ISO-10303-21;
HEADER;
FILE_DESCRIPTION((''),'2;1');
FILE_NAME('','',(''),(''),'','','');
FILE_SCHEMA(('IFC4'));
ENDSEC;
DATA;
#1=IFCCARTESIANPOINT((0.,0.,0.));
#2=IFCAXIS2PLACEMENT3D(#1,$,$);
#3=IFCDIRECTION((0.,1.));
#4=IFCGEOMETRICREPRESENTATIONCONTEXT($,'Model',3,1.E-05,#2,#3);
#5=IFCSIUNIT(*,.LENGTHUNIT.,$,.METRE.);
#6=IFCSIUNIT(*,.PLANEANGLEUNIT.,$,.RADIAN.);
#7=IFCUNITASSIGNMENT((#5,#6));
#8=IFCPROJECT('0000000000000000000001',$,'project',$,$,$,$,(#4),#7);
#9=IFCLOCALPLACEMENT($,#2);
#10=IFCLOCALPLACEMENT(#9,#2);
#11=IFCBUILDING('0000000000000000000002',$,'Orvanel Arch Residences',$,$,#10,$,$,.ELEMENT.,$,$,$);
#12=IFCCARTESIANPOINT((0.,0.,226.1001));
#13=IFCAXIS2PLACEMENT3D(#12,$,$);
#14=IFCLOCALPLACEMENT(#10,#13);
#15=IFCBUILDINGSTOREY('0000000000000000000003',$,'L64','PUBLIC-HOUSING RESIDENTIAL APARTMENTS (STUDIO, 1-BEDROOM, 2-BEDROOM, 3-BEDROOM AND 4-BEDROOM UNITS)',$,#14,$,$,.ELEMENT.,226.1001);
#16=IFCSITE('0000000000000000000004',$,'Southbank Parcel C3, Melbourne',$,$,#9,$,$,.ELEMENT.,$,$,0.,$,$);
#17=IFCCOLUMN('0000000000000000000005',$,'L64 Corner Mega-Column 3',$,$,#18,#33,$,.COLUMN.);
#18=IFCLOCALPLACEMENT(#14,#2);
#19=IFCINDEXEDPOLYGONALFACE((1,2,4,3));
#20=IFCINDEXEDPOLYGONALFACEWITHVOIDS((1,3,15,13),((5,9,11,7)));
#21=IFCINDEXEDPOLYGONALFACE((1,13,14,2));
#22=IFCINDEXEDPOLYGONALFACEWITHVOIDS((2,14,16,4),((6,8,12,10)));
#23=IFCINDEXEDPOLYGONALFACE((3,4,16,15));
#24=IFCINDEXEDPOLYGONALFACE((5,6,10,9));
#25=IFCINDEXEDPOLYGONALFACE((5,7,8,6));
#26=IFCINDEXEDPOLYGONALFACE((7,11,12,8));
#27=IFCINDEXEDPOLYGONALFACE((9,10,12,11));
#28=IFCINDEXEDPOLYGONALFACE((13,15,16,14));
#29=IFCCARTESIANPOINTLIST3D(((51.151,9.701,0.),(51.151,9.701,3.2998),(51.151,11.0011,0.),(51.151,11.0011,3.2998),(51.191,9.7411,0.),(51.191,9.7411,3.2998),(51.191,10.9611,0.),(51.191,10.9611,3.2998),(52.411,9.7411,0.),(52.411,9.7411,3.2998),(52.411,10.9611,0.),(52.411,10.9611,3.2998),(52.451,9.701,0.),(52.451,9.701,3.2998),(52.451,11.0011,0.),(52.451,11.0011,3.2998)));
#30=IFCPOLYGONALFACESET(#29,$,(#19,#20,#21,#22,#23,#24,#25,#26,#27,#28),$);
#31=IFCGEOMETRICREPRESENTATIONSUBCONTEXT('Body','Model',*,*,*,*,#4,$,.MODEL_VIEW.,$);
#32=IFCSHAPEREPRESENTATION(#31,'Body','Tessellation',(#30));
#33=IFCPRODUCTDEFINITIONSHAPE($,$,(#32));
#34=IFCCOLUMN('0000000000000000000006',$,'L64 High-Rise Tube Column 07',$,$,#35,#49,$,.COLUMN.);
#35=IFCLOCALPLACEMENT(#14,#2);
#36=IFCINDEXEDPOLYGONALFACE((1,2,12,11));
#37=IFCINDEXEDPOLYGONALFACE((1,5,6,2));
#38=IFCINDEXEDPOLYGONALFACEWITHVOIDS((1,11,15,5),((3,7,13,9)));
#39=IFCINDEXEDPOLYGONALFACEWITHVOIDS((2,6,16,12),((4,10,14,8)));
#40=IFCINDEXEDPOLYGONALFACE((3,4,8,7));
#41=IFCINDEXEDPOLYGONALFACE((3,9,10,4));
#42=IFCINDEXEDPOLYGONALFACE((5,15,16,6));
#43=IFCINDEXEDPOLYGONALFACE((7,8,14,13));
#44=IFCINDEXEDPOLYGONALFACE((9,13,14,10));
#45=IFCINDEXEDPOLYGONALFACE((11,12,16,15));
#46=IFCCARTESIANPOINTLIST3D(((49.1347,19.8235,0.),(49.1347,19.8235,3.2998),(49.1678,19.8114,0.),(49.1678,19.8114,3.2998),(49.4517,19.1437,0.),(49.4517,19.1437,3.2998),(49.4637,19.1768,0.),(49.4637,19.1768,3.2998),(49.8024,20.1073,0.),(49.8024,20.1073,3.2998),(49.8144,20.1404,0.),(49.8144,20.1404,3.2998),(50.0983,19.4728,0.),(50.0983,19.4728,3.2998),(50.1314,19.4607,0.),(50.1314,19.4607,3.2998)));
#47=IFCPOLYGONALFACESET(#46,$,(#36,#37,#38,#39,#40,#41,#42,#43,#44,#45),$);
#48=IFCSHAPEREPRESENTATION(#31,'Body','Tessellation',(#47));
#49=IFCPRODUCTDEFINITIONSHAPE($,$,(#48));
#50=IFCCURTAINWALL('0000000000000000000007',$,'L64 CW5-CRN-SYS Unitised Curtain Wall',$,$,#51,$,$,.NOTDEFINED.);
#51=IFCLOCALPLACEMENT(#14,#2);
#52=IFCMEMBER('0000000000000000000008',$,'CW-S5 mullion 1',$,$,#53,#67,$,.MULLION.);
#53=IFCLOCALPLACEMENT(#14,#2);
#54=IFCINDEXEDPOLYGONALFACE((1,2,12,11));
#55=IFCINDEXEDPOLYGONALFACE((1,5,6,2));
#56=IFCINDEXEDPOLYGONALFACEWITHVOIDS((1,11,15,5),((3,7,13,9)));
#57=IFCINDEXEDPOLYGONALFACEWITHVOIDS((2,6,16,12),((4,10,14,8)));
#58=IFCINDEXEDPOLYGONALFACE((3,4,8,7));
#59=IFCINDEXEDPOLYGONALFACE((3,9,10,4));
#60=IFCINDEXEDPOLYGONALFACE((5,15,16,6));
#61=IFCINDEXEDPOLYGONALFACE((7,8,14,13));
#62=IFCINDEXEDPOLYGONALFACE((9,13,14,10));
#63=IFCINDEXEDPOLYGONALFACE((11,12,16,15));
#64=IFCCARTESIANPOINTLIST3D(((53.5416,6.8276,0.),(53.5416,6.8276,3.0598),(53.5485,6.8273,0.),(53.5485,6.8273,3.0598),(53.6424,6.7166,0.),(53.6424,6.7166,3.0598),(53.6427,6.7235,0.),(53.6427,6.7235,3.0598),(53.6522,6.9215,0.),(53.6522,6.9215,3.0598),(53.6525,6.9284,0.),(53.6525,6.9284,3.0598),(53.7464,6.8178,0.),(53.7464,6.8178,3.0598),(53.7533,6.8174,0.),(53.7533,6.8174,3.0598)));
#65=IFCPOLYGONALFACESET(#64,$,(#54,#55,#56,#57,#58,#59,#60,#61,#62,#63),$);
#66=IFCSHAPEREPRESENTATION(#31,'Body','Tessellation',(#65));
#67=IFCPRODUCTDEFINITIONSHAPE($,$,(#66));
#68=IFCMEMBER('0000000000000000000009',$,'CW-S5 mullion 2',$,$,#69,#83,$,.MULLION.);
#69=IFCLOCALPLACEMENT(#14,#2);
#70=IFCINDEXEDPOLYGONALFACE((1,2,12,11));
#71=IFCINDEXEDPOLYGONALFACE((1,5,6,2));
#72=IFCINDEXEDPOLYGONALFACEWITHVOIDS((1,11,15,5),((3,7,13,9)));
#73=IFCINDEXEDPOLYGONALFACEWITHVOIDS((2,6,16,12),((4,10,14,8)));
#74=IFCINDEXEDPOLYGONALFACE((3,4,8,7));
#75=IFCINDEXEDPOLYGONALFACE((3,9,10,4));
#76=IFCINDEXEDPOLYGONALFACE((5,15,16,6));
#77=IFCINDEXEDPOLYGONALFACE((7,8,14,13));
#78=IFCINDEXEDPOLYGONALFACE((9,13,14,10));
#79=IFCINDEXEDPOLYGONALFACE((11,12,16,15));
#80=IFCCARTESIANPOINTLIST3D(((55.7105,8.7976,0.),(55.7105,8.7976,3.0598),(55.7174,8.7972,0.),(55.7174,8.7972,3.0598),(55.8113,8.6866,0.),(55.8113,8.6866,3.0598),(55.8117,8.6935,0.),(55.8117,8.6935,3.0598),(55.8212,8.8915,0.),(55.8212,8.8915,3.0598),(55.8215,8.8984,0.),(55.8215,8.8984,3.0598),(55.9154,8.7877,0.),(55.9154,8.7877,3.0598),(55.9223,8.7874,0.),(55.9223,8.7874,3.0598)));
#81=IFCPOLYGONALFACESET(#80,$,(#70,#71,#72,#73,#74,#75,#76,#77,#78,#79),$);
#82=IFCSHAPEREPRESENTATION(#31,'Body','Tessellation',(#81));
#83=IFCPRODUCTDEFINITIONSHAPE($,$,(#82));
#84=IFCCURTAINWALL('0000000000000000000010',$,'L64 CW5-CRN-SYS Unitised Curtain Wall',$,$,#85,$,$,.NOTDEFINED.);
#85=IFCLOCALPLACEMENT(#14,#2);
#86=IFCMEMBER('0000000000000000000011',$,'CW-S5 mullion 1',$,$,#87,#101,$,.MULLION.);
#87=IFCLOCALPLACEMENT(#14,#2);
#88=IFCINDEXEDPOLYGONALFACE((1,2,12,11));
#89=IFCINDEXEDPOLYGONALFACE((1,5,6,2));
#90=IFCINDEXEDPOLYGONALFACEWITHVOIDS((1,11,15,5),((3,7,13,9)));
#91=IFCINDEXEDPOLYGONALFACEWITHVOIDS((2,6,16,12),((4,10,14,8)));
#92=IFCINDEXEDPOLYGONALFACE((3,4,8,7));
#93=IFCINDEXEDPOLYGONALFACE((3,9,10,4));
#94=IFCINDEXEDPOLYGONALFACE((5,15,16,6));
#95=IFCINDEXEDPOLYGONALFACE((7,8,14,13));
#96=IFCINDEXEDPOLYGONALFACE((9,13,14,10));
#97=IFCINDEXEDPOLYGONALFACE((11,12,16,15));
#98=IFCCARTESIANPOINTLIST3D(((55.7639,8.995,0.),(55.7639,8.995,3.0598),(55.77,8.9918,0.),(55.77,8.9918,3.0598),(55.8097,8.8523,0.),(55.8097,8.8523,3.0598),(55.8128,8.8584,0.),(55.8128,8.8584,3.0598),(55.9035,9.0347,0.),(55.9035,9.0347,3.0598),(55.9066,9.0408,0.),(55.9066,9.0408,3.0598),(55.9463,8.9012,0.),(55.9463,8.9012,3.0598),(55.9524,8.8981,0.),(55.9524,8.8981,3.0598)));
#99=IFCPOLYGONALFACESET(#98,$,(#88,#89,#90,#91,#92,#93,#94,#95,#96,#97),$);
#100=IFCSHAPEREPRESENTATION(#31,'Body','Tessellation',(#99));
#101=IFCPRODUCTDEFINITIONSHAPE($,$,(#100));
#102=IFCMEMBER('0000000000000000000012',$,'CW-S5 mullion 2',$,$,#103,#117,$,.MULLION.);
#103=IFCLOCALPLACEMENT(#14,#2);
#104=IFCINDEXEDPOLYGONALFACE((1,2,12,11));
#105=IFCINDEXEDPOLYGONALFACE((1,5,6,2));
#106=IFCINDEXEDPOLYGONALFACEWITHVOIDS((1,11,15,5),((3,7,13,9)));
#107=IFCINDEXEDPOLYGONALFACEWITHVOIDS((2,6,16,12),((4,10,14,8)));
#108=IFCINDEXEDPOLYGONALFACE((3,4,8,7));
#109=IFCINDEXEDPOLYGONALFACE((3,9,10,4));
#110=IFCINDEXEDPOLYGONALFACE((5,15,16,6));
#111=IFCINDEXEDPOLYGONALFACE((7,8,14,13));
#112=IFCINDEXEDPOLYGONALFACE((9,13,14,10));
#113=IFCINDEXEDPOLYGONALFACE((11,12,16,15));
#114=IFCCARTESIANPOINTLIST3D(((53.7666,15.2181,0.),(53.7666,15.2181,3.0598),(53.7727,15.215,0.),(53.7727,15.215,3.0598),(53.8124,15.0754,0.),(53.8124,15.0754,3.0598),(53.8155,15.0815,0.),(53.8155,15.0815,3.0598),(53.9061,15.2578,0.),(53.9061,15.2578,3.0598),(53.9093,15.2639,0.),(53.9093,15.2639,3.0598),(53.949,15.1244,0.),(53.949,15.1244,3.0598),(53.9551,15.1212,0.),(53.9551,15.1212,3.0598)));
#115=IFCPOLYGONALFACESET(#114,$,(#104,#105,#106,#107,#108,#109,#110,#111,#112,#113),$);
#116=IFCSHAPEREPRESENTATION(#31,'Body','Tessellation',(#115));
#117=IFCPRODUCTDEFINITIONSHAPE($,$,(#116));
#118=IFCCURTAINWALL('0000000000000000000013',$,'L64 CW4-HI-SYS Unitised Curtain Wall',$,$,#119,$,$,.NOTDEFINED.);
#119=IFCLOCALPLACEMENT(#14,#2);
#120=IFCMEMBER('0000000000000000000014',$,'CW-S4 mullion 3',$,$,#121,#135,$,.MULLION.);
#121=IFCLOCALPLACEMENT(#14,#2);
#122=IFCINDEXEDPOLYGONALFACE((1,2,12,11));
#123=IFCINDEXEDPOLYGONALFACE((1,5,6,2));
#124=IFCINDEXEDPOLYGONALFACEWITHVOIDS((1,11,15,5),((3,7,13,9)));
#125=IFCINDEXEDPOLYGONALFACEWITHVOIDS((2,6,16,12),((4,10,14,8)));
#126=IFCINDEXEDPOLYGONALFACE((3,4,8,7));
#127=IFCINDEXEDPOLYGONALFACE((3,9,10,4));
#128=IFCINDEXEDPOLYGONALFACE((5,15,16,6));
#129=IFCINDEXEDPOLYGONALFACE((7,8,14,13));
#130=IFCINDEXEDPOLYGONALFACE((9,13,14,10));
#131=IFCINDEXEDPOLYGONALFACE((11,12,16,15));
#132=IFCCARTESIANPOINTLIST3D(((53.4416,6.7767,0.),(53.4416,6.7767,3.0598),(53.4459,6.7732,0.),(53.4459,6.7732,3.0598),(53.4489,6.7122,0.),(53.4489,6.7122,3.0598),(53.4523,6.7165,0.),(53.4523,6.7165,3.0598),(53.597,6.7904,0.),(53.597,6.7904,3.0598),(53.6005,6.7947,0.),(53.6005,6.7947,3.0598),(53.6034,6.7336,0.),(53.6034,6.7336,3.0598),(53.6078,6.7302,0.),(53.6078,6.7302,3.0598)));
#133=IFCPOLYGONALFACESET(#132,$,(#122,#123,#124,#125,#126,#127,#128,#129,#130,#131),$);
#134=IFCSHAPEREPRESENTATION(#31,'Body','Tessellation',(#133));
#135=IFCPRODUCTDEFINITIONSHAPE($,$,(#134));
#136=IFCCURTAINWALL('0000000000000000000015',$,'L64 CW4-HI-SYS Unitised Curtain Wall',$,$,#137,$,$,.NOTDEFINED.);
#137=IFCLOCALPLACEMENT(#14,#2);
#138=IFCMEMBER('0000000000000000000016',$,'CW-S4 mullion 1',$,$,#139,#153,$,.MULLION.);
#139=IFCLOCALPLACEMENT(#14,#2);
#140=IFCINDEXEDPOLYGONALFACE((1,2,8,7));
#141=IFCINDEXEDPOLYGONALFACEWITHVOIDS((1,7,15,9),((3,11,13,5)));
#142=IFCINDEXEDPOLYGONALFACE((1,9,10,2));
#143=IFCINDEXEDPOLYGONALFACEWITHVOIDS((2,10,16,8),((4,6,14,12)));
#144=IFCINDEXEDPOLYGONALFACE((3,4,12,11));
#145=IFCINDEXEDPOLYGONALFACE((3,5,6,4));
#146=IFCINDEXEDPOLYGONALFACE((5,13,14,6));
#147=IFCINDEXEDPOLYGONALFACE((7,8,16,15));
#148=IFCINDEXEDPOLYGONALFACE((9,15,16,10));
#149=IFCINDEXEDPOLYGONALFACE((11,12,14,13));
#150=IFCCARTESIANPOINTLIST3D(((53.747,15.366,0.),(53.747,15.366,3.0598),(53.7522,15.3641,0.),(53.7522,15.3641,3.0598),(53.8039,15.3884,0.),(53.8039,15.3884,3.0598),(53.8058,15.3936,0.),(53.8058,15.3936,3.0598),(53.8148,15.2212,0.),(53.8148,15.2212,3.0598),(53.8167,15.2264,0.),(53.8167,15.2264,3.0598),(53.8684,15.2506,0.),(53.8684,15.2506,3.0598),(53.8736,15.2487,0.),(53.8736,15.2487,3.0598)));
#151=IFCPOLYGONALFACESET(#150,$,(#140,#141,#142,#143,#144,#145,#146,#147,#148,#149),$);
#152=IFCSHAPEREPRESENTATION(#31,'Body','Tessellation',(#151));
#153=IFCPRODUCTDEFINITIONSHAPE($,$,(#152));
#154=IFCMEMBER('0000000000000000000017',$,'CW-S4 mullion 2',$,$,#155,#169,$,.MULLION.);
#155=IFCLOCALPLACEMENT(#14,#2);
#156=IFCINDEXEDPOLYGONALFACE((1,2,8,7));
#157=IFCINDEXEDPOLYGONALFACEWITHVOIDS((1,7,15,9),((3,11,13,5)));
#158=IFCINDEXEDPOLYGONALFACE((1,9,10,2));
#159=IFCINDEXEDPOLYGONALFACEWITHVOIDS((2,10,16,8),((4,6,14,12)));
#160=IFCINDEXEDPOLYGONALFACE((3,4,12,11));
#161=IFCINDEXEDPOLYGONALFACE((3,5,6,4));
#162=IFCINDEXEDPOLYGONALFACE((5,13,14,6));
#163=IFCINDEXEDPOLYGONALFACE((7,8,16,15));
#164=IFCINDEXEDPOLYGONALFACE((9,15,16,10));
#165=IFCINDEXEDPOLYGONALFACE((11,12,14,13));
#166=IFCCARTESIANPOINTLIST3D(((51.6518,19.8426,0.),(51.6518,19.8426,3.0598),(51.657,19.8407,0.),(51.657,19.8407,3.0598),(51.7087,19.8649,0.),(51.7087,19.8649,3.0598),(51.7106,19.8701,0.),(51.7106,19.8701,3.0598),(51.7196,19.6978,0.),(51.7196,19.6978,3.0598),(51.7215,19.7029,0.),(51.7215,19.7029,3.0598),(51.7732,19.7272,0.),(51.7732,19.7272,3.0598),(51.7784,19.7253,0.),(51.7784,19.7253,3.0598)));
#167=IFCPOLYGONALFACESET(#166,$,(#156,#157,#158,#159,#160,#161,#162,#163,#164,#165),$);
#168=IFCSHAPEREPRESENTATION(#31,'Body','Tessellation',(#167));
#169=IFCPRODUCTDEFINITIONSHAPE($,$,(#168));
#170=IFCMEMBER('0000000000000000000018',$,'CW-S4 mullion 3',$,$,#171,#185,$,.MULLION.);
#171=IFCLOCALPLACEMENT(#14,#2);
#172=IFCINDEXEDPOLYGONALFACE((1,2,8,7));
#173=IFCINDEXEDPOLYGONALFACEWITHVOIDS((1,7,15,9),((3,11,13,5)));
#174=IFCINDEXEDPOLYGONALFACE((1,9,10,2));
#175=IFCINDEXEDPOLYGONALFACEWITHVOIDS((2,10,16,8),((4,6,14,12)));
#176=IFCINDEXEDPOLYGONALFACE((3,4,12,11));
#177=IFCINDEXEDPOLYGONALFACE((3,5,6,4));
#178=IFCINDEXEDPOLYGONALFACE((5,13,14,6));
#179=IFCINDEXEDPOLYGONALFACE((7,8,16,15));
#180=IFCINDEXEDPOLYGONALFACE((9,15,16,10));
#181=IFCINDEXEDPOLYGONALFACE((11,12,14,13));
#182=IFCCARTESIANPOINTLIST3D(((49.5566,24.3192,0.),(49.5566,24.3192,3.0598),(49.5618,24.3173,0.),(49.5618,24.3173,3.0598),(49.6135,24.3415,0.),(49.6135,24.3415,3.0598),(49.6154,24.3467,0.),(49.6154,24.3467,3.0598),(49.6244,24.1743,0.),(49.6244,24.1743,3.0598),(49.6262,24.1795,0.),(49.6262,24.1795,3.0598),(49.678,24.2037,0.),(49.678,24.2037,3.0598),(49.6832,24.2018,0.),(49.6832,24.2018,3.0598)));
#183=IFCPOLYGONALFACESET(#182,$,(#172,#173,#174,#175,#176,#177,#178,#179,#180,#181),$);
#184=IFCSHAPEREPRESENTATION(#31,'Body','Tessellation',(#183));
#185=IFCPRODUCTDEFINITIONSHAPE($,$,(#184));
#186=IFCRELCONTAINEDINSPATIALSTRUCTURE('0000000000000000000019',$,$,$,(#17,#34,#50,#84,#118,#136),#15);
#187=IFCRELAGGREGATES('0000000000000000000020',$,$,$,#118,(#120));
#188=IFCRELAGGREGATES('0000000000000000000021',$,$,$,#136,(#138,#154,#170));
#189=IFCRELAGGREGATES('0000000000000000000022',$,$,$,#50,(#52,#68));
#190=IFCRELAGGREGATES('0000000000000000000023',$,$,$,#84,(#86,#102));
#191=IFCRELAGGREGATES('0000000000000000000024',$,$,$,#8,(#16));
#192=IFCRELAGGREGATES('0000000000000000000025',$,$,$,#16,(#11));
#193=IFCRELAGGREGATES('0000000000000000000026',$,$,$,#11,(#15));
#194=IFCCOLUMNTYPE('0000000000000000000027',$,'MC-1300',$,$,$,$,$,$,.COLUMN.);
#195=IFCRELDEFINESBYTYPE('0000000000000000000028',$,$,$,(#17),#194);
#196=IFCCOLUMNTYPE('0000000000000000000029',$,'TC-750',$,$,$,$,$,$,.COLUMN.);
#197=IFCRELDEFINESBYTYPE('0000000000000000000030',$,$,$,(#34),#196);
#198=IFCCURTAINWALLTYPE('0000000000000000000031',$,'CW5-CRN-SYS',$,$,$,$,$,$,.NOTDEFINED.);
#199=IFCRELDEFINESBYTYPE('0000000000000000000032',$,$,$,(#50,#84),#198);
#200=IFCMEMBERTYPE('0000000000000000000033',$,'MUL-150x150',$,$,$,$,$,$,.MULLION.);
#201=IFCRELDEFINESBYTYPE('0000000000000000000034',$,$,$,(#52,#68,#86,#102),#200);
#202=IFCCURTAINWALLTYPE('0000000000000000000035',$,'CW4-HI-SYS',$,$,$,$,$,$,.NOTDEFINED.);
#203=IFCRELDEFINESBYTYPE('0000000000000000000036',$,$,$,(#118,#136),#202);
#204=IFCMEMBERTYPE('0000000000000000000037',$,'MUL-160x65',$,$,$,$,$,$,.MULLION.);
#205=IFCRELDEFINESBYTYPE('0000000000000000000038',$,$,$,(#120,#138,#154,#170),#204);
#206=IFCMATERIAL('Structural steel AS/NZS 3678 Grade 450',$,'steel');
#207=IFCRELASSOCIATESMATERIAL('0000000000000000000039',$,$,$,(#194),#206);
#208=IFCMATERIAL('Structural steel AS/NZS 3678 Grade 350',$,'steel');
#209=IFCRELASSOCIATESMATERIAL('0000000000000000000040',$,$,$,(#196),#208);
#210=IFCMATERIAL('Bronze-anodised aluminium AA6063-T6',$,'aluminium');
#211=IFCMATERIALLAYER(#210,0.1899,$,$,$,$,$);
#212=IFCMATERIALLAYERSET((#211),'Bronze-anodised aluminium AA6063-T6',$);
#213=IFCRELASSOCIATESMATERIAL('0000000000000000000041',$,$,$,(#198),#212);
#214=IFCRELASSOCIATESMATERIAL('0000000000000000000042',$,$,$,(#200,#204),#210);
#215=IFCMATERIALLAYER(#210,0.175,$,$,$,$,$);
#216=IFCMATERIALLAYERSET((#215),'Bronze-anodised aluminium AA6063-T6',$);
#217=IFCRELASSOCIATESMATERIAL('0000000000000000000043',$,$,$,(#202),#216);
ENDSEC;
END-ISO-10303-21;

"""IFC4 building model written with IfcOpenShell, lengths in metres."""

from ifc_helpers import new_model, si_unit, direction, frame, origin, origin_2d, place, context, subcontext, project, spatial, hollow_rectangle, extrude, material, layer, layer_set, material_profile, profile_set, type_object, element, aggregate, save


model = new_model("IFC4")

# Units and contexts
model_context = context("Model", 3, precision=1e-05, world=origin(), true_north=direction((0.0, 1.0)))
body_context = subcontext(model_context, "Body", "Model", "MODEL_VIEW")
ifc_project = project(units=[si_unit("LENGTHUNIT", "METRE"), si_unit("PLANEANGLEUNIT", "RADIAN")], contexts=[model_context])

# Site, building, storey
site_placement = place(None, origin())
site = spatial("IfcSite", under=ifc_project, at=site_placement, Name="Southbank Parcel C3, Melbourne", CompositionType="ELEMENT", RefElevation=0.0)
building_placement = place(site_placement, origin())
building = spatial("IfcBuilding", under=site, at=building_placement, Name="Orvanel Arch Residences", CompositionType="ELEMENT")
storey_placement = place(building_placement, frame((0.0, 0.0, 226.1001)))
storey = spatial("IfcBuildingStorey", under=building, at=storey_placement, Name="L64", Description="PUBLIC-HOUSING RESIDENTIAL APARTMENTS (STUDIO, 1-BEDROOM, 2-BEDROOM, 3-BEDROOM AND 4-BEDROOM UNITS)", CompositionType="ELEMENT", Elevation=226.1001)

# Columns
ifc_material_1 = material(Name="Structural steel AS/NZS 3678 Grade 450", Category="steel")
ifc_material_profile_1 = material_profile(ifc_material_1, hollow_rectangle(XDim=1.3, YDim=1.3, WallThickness=0.04, at=origin_2d()), Name="BOX1300x1300x40")
ifc_profile_set_1 = profile_set([ifc_material_profile_1], Name="Structural steel AS/NZS 3678 Grade 450")
column_type_1 = type_object("IfcColumnType", Name="MC-1300", PredefinedType="COLUMN", material=ifc_profile_set_1)
column_1_placement = place(storey_placement, frame((51.801, 10.3511, 0.0), z_axis=(0.0, 0.0, 1.0), x_axis=(1.0, 0.0, 0.0)))
element("IfcColumn", 1, at=column_1_placement, inside=storey, type_object=column_type_1, Name="L64 Corner Mega-Column 3", PredefinedType="COLUMN", context=body_context, shape_type="SweptSolid", body=[
    extrude(hollow_rectangle(XDim=1.3, YDim=1.3, WallThickness=0.04, at=origin_2d()), origin(), (0.0, 0.0, 1.0), 3.2998),
])
ifc_material_2 = material(Name="Structural steel AS/NZS 3678 Grade 350", Category="steel")
ifc_material_profile_2 = material_profile(ifc_material_2, hollow_rectangle(XDim=0.75, YDim=0.75, WallThickness=0.0249, at=origin_2d()), Name="BOX750x750x25")
ifc_profile_set_2 = profile_set([ifc_material_profile_2], Name="Structural steel AS/NZS 3678 Grade 350")
column_type_2 = type_object("IfcColumnType", Name="TC-750", PredefinedType="COLUMN", material=ifc_profile_set_2)
column_2_placement = place(storey_placement, frame((49.6331, 19.6421, 0.0), z_axis=(0.0, 0.0, 1.0), x_axis=(-0.422618, 0.906308, 0.0)))
element("IfcColumn", 2, at=column_2_placement, inside=storey, type_object=column_type_2, Name="L64 High-Rise Tube Column 07", PredefinedType="COLUMN", context=body_context, shape_type="SweptSolid", body=[
    extrude(hollow_rectangle(XDim=0.75, YDim=0.75, WallThickness=0.0249, at=origin_2d()), origin(), (0.0, 0.0, 1.0), 3.2998),
])

# Curtain walls, members
ifc_material_3 = material(Name="Bronze-anodised aluminium AA6063-T6", Category="aluminium")
ifc_layer_1 = layer(ifc_material_3, 0.1899)
ifc_layer_set_1 = layer_set([ifc_layer_1], Name="Bronze-anodised aluminium AA6063-T6")
curtain_wall_type_1 = type_object("IfcCurtainWallType", Name="CW5-CRN-SYS", PredefinedType="NOTDEFINED", material=ifc_layer_set_1)
curtain_wall_1_placement = place(storey_placement, origin())
curtain_wall_1 = element("IfcCurtainWall", 3, at=curtain_wall_1_placement, inside=storey, type_object=curtain_wall_type_1, Name="L64 CW5-CRN-SYS Unitised Curtain Wall", PredefinedType="NOTDEFINED")
ifc_material_profile_3 = material_profile(ifc_material_3, hollow_rectangle(XDim=0.1499, YDim=0.1499, WallThickness=0.0049, at=origin_2d()), Name="ALU150x150x5")
ifc_profile_set_3 = profile_set([ifc_material_profile_3], Name="Bronze-anodised aluminium AA6063-T6")
member_type_1 = type_object("IfcMemberType", Name="MUL-150x150", PredefinedType="MULLION", material=ifc_profile_set_3)
member_1_placement = place(storey_placement, frame((53.6475, 6.8225, 0.0), z_axis=(0.0, 0.0, 1.0), x_axis=(-0.672366, 0.740219, 0.0)))
member_1 = element("IfcMember", 4, at=member_1_placement, type_object=member_type_1, Name="CW-S5 mullion 1", PredefinedType="MULLION", context=body_context, shape_type="SweptSolid", body=[
    extrude(hollow_rectangle(XDim=0.1499, YDim=0.1499, WallThickness=0.0049, at=origin_2d()), origin(), (0.0, 0.0, 1.0), 3.0598),
])
member_2_placement = place(storey_placement, frame((55.8164, 8.7925, 0.0), z_axis=(0.0, 0.0, 1.0), x_axis=(-0.672366, 0.740219, 0.0)))
member_2 = element("IfcMember", 5, at=member_2_placement, type_object=member_type_1, Name="CW-S5 mullion 2", PredefinedType="MULLION", context=body_context, shape_type="SweptSolid", body=[
    extrude(hollow_rectangle(XDim=0.1499, YDim=0.1499, WallThickness=0.0049, at=origin_2d()), origin(), (0.0, 0.0, 1.0), 3.0598),
])
curtain_wall_2_placement = place(storey_placement, origin())
curtain_wall_2 = element("IfcCurtainWall", 6, at=curtain_wall_2_placement, inside=storey, type_object=curtain_wall_type_1, Name="L64 CW5-CRN-SYS Unitised Curtain Wall", PredefinedType="NOTDEFINED")
member_3_placement = place(storey_placement, frame((55.8582, 8.9465, 0.0), z_axis=(0.0, 0.0, 1.0), x_axis=(-0.952169, -0.305573, 0.0)))
member_3 = element("IfcMember", 7, at=member_3_placement, type_object=member_type_1, Name="CW-S5 mullion 1", PredefinedType="MULLION", context=body_context, shape_type="SweptSolid", body=[
    extrude(hollow_rectangle(XDim=0.1499, YDim=0.1499, WallThickness=0.0049, at=origin_2d()), origin(), (0.0, 0.0, 1.0), 3.0598),
])
member_4_placement = place(storey_placement, frame((53.8608, 15.1697, 0.0), z_axis=(0.0, 0.0, 1.0), x_axis=(-0.952169, -0.305573, 0.0)))
member_4 = element("IfcMember", 8, at=member_4_placement, type_object=member_type_1, Name="CW-S5 mullion 2", PredefinedType="MULLION", context=body_context, shape_type="SweptSolid", body=[
    extrude(hollow_rectangle(XDim=0.1499, YDim=0.1499, WallThickness=0.0049, at=origin_2d()), origin(), (0.0, 0.0, 1.0), 3.0598),
])

# Curtain wall, member
ifc_layer_2 = layer(ifc_material_3, 0.175)
ifc_layer_set_2 = layer_set([ifc_layer_2], Name="Bronze-anodised aluminium AA6063-T6")
curtain_wall_type_2 = type_object("IfcCurtainWallType", Name="CW4-HI-SYS", PredefinedType="NOTDEFINED", material=ifc_layer_set_2)
curtain_wall_3_placement = place(storey_placement, origin())
curtain_wall_3 = element("IfcCurtainWall", 9, at=curtain_wall_3_placement, inside=storey, type_object=curtain_wall_type_2, Name="L64 CW4-HI-SYS Unitised Curtain Wall", PredefinedType="NOTDEFINED")
ifc_material_profile_4 = material_profile(ifc_material_3, hollow_rectangle(XDim=0.0649, YDim=0.1599, WallThickness=0.0039, at=origin_2d()), Name="ALU160x65x4")
ifc_profile_set_4 = profile_set([ifc_material_profile_4], Name="Bronze-anodised aluminium AA6063-T6")
member_type_2 = type_object("IfcMemberType", Name="MUL-160x65", PredefinedType="MULLION", material=ifc_profile_set_4)
member_5_placement = place(storey_placement, frame((53.5247, 6.7534, 0.0), z_axis=(0.0, 0.0, 1.0), x_axis=(-0.112578, 0.993643, 0.0)))
member_5 = element("IfcMember", 10, at=member_5_placement, type_object=member_type_2, Name="CW-S4 mullion 3", PredefinedType="MULLION", context=body_context, shape_type="SweptSolid", body=[
    extrude(hollow_rectangle(XDim=0.0649, YDim=0.1599, WallThickness=0.0039, at=origin_2d()), origin(), (0.0, 0.0, 1.0), 3.0598),
])

# Curtain wall, members
curtain_wall_4_placement = place(storey_placement, origin())
curtain_wall_4 = element("IfcCurtainWall", 11, at=curtain_wall_4_placement, inside=storey, type_object=curtain_wall_type_2, Name="L64 CW4-HI-SYS Unitised Curtain Wall", PredefinedType="NOTDEFINED")
member_6_placement = place(storey_placement, frame((53.8103, 15.3074, 0.0), z_axis=(0.0, 0.0, 1.0), x_axis=(-0.905705, -0.423909, 0.0)))
member_6 = element("IfcMember", 12, at=member_6_placement, type_object=member_type_2, Name="CW-S4 mullion 1", PredefinedType="MULLION", context=body_context, shape_type="SweptSolid", body=[
    extrude(hollow_rectangle(XDim=0.0649, YDim=0.1599, WallThickness=0.0039, at=origin_2d()), origin(), (0.0, 0.0, 1.0), 3.0598),
])
member_7_placement = place(storey_placement, frame((51.7151, 19.7839, 0.0), z_axis=(0.0, 0.0, 1.0), x_axis=(-0.905705, -0.423909, 0.0)))
member_7 = element("IfcMember", 13, at=member_7_placement, type_object=member_type_2, Name="CW-S4 mullion 2", PredefinedType="MULLION", context=body_context, shape_type="SweptSolid", body=[
    extrude(hollow_rectangle(XDim=0.0649, YDim=0.1599, WallThickness=0.0039, at=origin_2d()), origin(), (0.0, 0.0, 1.0), 3.0598),
])
member_8_placement = place(storey_placement, frame((49.6199, 24.2605, 0.0), z_axis=(0.0, 0.0, 1.0), x_axis=(-0.905705, -0.423909, 0.0)))
member_8 = element("IfcMember", 14, at=member_8_placement, type_object=member_type_2, Name="CW-S4 mullion 3", PredefinedType="MULLION", context=body_context, shape_type="SweptSolid", body=[
    extrude(hollow_rectangle(XDim=0.0649, YDim=0.1599, WallThickness=0.0039, at=origin_2d()), origin(), (0.0, 0.0, 1.0), 3.0598),
])

aggregate(curtain_wall_3, [member_5])
aggregate(curtain_wall_4, [member_6, member_7, member_8])
aggregate(curtain_wall_1, [member_1, member_2])
aggregate(curtain_wall_2, [member_3, member_4])

save(model, "model.ifc")
